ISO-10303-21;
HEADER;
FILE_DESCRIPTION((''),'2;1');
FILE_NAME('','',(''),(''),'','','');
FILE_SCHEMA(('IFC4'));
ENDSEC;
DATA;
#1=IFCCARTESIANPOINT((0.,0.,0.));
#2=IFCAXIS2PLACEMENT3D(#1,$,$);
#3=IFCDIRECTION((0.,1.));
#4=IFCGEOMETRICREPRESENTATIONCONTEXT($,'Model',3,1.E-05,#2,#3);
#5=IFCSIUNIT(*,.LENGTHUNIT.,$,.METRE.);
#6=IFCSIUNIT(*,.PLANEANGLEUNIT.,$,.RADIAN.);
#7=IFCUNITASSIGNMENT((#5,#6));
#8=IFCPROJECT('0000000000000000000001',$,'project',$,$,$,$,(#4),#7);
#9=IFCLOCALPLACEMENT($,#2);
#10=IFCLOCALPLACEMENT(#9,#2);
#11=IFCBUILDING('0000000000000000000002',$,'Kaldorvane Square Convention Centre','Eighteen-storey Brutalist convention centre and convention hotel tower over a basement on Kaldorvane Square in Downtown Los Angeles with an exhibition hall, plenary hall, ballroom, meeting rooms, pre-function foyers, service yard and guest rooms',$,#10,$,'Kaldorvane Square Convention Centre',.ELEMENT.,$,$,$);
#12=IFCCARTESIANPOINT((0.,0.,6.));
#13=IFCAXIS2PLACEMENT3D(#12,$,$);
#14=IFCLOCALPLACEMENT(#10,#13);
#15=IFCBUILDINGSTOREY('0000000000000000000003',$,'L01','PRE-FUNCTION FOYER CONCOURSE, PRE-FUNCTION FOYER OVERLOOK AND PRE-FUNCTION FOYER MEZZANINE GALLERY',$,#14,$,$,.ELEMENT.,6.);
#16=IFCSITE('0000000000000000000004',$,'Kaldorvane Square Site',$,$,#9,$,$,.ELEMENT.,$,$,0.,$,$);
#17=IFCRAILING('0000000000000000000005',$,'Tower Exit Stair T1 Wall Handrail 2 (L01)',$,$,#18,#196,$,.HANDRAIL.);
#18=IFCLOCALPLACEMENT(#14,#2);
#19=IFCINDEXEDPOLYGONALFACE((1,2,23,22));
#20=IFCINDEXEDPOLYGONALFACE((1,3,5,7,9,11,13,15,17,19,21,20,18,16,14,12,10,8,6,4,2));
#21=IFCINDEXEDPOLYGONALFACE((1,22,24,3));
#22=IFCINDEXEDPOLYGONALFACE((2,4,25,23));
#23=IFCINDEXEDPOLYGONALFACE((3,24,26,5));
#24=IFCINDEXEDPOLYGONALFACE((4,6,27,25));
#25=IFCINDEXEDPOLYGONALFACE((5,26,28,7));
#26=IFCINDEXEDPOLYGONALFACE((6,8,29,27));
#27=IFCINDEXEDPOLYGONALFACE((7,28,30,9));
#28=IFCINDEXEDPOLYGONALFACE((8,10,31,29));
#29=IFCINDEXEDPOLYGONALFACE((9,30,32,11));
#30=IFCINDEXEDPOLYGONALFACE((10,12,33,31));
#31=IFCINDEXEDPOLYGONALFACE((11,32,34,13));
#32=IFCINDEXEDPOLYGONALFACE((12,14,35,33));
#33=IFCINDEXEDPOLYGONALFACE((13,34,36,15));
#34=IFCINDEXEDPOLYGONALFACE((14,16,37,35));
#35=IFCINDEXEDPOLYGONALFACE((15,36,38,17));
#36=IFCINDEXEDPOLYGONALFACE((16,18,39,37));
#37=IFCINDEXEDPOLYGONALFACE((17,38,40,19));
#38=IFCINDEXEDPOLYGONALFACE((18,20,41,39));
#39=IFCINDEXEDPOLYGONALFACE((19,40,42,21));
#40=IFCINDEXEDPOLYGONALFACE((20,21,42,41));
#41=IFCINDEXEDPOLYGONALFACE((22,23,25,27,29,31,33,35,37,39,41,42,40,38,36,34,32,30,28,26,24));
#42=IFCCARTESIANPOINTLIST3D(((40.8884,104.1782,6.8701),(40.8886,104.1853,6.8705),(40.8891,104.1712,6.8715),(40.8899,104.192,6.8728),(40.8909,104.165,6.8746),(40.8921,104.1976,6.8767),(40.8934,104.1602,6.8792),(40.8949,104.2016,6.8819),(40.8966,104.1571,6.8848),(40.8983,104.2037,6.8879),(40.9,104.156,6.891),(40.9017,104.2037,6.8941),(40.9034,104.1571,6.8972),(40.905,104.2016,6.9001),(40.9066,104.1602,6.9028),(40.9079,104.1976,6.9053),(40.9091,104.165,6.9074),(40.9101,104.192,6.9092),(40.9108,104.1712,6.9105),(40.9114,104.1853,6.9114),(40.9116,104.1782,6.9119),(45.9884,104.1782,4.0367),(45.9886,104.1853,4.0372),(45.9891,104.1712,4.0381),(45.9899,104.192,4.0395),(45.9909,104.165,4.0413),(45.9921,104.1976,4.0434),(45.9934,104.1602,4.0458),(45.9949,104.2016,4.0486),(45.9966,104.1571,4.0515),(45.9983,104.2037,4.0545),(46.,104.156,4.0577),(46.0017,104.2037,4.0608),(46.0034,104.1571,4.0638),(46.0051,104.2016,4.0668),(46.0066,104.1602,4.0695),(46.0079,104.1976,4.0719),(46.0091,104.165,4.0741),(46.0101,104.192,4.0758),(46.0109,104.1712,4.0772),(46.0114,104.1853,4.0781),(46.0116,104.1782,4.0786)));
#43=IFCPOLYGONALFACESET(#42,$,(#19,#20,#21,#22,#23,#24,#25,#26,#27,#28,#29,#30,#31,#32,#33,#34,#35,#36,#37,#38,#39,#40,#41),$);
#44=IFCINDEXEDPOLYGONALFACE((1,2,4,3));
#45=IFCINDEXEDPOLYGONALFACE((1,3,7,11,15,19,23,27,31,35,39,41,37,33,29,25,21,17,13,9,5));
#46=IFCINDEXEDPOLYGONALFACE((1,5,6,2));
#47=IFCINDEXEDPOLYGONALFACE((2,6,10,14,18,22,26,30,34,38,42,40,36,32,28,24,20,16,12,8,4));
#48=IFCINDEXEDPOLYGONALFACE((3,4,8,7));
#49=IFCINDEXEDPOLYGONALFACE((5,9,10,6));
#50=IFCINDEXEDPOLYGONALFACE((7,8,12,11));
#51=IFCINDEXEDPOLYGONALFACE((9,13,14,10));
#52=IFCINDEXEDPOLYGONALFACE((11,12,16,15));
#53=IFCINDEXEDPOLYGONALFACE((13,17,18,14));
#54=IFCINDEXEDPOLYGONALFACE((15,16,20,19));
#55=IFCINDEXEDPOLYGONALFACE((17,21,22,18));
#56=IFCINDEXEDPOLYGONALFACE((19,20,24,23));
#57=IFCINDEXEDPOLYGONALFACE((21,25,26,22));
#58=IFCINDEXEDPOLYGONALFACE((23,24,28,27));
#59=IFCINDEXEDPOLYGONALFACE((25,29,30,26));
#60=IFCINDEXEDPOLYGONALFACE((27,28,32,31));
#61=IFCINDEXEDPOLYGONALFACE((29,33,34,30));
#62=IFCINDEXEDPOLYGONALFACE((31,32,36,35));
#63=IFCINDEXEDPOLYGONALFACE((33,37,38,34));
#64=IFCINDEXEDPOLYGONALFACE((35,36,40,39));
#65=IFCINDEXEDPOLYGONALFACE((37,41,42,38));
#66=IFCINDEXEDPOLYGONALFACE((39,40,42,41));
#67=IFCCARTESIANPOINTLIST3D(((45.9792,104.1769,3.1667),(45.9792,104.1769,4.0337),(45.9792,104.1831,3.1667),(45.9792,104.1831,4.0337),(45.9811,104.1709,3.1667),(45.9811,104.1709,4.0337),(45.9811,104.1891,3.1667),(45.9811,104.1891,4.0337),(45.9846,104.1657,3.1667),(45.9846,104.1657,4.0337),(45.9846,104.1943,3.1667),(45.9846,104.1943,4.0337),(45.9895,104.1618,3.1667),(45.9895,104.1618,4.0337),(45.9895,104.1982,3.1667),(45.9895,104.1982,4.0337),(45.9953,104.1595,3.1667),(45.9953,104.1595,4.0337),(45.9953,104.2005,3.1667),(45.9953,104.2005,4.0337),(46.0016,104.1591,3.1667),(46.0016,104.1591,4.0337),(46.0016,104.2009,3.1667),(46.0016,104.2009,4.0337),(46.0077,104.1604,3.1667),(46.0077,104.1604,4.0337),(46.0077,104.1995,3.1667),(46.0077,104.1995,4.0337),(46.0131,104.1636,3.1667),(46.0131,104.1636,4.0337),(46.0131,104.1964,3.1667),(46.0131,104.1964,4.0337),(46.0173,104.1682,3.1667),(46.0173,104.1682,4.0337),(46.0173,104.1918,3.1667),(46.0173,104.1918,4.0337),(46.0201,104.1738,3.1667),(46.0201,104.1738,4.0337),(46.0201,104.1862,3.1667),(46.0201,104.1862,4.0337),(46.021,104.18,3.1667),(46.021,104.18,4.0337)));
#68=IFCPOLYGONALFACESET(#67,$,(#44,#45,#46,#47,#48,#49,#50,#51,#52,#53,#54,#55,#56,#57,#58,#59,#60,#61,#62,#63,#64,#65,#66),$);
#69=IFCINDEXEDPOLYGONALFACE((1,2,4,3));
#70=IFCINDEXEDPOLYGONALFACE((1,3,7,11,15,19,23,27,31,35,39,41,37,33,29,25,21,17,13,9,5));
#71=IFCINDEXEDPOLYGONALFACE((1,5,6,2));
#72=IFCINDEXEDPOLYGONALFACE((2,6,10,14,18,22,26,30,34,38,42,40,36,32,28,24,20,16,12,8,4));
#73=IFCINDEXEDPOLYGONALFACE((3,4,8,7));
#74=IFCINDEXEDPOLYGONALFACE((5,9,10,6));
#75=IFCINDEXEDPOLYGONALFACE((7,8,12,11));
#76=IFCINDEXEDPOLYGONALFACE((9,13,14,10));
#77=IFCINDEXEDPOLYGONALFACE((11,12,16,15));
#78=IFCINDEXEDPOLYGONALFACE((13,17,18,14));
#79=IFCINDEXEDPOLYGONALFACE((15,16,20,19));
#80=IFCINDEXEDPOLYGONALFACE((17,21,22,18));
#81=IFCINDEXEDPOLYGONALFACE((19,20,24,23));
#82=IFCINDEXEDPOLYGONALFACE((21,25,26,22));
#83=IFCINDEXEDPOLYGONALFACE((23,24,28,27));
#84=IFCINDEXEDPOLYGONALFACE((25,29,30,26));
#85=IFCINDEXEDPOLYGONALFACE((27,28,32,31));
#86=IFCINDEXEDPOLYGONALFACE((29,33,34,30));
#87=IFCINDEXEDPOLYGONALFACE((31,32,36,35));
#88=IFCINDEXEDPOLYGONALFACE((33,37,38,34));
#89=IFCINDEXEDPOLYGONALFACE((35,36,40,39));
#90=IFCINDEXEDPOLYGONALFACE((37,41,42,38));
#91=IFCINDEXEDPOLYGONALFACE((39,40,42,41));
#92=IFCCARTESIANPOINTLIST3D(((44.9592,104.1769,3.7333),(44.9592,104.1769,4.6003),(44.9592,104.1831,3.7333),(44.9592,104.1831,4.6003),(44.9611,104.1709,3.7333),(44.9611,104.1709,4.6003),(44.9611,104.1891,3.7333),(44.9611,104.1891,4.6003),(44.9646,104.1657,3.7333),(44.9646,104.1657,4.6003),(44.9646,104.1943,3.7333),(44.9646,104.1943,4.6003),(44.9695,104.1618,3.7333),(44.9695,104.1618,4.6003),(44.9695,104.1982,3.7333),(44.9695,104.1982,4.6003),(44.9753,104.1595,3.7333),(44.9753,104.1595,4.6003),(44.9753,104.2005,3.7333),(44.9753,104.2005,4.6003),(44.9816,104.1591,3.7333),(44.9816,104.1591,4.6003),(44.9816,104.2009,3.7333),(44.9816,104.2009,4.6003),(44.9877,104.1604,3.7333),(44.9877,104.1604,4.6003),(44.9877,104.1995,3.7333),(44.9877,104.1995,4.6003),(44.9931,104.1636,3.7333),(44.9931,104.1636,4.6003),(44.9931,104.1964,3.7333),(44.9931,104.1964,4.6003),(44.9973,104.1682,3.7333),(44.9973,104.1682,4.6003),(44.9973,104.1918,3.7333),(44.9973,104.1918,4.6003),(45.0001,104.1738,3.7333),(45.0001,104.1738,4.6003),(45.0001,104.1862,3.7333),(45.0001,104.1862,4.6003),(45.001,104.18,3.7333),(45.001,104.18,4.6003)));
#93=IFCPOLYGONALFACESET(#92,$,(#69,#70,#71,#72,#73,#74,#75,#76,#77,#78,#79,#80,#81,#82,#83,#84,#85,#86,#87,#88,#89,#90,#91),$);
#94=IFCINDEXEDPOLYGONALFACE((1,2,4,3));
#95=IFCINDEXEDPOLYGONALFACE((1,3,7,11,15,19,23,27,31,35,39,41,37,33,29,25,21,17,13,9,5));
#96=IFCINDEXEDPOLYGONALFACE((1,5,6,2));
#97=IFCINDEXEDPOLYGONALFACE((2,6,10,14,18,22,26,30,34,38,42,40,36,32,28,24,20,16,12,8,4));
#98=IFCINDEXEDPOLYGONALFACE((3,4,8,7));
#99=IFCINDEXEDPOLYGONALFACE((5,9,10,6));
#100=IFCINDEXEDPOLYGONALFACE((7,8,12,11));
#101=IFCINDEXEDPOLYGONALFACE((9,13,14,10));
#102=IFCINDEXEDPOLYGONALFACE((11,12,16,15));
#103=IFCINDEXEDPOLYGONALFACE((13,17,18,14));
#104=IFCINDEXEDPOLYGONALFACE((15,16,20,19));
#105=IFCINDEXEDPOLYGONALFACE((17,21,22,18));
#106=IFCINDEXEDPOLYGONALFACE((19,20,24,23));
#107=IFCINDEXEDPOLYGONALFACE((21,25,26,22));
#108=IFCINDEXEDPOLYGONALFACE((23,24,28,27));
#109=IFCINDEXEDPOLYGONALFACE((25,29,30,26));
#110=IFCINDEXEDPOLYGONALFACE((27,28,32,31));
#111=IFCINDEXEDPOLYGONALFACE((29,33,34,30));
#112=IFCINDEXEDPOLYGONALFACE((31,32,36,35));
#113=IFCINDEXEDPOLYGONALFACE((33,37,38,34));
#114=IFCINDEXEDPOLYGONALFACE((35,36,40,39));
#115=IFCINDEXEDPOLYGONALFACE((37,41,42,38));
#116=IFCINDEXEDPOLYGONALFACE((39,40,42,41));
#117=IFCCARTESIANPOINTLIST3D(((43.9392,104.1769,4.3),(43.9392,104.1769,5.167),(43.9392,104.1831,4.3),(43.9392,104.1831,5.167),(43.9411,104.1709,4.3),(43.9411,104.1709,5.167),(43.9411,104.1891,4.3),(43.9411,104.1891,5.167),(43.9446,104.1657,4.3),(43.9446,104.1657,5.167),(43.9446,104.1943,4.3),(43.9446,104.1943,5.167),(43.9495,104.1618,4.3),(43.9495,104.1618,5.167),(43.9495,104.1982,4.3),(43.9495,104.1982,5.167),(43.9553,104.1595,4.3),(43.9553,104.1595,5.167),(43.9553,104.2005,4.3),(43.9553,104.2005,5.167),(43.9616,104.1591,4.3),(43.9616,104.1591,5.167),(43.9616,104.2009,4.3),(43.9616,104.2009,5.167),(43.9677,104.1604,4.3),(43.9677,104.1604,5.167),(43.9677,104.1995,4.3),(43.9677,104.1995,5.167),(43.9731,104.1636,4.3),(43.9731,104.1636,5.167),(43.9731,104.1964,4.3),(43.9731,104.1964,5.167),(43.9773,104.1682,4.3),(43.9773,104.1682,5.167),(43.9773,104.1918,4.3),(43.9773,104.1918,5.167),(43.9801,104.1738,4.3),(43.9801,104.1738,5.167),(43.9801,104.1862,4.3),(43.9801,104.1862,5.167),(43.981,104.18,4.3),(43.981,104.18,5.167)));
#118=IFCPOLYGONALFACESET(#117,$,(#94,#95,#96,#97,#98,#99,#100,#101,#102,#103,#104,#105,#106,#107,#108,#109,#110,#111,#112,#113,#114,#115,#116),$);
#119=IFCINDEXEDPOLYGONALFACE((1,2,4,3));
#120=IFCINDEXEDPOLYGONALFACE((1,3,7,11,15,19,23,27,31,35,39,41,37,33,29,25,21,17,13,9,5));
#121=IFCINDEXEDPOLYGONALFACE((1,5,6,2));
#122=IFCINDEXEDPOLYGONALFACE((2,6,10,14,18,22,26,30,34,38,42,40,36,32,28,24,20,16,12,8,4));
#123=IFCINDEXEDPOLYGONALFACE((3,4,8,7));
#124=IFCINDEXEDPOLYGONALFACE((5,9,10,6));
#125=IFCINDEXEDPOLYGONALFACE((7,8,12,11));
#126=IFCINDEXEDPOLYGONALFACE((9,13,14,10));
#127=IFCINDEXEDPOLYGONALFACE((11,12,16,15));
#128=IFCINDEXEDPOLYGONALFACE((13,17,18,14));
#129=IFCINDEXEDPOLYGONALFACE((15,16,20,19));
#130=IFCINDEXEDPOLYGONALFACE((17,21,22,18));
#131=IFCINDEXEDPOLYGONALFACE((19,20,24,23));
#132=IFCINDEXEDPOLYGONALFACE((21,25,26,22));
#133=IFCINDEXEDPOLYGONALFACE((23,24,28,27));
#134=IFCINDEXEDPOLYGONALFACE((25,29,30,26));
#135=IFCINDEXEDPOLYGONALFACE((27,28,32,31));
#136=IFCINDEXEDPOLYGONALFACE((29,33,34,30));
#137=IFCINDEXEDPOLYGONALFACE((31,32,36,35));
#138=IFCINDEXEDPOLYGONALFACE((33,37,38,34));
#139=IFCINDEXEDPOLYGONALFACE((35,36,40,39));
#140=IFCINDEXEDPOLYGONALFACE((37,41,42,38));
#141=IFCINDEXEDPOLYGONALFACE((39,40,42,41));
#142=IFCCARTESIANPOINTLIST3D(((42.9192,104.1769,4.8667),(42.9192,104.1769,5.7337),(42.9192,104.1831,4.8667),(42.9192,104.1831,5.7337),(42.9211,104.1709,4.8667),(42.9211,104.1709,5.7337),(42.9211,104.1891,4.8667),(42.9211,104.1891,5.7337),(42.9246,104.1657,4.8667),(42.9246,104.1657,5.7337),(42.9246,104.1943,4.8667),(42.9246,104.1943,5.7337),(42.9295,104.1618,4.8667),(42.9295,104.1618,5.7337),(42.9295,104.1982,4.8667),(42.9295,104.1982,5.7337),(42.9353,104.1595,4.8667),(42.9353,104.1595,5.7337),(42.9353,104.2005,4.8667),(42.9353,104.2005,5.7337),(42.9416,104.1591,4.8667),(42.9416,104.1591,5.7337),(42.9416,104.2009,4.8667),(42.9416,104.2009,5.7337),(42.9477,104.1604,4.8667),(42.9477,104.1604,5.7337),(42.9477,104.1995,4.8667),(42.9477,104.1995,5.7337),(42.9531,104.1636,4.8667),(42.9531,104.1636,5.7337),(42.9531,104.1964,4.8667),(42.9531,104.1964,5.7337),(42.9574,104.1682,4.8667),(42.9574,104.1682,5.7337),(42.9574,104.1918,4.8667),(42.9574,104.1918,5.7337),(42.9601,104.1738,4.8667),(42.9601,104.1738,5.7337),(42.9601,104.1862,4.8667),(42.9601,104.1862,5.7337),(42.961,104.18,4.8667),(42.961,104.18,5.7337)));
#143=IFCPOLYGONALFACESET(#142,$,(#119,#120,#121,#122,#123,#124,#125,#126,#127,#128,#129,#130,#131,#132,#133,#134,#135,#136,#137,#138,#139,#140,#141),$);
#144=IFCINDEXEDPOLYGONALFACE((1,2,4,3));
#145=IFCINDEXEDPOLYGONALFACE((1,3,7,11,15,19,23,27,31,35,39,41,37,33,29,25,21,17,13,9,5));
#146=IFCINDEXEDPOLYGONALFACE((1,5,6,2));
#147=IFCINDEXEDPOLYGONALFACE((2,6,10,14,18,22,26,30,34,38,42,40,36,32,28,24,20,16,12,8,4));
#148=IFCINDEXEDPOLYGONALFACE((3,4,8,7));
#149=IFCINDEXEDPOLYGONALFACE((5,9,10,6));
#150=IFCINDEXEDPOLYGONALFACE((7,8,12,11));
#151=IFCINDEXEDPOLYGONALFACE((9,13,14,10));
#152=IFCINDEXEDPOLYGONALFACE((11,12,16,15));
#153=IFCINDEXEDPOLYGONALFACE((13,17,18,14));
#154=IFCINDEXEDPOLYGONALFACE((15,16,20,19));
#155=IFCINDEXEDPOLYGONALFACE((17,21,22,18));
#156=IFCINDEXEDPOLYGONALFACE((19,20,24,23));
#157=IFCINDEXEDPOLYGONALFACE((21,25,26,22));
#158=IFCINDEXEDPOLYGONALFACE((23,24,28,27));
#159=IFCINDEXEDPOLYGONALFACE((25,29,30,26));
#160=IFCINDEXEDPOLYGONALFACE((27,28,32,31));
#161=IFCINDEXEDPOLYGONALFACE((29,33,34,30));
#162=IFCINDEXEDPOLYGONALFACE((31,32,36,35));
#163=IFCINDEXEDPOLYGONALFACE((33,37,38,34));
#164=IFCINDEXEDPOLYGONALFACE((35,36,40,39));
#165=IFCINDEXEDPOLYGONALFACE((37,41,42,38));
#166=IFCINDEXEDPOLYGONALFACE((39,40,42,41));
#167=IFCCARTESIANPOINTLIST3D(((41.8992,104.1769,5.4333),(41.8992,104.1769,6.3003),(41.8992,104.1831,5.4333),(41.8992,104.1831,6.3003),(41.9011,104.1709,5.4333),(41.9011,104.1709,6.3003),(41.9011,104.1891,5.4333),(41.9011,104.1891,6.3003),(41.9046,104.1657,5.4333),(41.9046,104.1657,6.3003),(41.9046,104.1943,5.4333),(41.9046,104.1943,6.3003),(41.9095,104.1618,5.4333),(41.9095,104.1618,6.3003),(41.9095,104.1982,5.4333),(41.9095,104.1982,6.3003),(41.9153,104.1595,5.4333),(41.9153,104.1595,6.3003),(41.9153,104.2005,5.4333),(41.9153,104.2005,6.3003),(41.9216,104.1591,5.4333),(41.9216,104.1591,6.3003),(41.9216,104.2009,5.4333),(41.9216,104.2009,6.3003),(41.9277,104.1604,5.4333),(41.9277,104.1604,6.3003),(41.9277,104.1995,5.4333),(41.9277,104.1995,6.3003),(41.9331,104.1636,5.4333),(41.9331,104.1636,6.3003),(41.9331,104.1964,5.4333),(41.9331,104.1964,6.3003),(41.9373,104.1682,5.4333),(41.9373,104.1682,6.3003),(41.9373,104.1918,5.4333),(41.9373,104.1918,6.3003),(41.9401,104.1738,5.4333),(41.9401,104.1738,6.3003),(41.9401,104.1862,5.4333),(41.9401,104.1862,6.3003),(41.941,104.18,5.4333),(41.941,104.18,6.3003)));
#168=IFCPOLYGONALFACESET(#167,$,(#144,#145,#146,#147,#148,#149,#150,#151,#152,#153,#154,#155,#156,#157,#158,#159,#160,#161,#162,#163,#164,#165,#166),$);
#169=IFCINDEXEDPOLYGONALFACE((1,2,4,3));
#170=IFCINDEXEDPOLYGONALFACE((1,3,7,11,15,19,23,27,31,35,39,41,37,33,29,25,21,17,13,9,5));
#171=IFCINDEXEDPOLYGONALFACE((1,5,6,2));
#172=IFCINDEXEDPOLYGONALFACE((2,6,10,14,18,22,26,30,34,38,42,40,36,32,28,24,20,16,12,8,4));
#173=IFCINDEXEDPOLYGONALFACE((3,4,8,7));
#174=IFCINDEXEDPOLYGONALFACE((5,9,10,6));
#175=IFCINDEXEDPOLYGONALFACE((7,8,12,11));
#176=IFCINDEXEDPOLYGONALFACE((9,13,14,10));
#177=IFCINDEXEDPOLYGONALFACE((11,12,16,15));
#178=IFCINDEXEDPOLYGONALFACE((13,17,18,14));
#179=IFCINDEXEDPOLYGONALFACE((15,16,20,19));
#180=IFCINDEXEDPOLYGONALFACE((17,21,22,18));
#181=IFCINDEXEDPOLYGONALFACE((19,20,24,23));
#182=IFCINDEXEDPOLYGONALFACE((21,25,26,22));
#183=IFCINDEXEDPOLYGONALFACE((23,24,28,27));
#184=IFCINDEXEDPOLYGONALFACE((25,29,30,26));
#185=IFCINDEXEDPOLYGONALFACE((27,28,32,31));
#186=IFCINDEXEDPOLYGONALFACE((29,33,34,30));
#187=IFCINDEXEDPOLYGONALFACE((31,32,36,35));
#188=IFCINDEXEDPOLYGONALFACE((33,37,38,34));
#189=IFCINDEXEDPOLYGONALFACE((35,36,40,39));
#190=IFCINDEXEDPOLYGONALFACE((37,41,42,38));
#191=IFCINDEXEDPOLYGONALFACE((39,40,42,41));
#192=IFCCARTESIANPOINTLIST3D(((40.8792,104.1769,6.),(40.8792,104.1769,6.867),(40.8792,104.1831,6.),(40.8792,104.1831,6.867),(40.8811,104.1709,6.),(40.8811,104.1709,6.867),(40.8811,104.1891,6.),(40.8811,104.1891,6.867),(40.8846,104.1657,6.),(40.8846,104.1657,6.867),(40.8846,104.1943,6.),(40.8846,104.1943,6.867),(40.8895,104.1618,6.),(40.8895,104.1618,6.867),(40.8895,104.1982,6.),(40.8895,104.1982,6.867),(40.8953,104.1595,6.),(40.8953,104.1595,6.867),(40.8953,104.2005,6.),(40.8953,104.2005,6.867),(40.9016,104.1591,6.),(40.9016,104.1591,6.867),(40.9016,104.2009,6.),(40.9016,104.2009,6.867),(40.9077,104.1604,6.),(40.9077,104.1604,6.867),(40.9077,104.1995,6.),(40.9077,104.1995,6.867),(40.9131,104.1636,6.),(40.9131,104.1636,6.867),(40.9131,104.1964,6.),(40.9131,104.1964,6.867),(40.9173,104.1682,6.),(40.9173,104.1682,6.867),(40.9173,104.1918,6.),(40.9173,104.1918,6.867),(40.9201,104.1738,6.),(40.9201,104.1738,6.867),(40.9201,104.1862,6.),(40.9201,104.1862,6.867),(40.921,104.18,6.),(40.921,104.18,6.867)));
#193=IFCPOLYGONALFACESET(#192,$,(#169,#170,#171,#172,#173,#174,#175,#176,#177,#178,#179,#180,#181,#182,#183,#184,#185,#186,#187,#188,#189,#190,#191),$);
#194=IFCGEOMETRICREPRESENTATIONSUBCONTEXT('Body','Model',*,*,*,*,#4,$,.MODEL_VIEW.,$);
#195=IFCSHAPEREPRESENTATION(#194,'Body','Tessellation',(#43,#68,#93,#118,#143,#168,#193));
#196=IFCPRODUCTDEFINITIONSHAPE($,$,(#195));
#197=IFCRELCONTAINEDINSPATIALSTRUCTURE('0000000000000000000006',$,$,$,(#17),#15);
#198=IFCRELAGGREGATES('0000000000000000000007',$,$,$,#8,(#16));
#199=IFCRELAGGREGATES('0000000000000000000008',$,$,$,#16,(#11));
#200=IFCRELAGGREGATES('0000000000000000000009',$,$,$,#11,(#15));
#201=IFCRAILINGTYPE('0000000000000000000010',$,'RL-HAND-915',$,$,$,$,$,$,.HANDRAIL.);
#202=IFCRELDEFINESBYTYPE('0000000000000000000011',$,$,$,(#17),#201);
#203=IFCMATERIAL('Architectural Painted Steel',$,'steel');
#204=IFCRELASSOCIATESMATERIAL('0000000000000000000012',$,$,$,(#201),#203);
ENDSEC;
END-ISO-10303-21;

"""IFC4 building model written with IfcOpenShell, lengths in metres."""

from ifc_helpers import new_model, si_unit, direction, frame, origin, origin_2d, place, context, subcontext, project, spatial, circle, extrude, material, type_object, element, save


model = new_model("IFC4")

# Units and contexts
model_context = context("Model", 3, precision=1e-05, world=origin(), true_north=direction((0.0, 1.0)))
body_context = subcontext(model_context, "Body", "Model", "MODEL_VIEW")
ifc_project = project(units=[si_unit("LENGTHUNIT", "METRE"), si_unit("PLANEANGLEUNIT", "RADIAN")], contexts=[model_context])

# Site, building, storey
site_placement = place(None, origin())
site = spatial("IfcSite", under=ifc_project, at=site_placement, Name="Kaldorvane Square Site", CompositionType="ELEMENT", RefElevation=0.0)
building_placement = place(site_placement, origin())
building = spatial("IfcBuilding", under=site, at=building_placement, Name="Kaldorvane Square Convention Centre", Description="Eighteen-storey Brutalist convention centre and convention hotel tower over a basement on Kaldorvane Square in Downtown Los Angeles with an exhibition hall, plenary hall, ballroom, meeting rooms, pre-function foyers, service yard and guest rooms", LongName="Kaldorvane Square Convention Centre", CompositionType="ELEMENT")
storey_placement = place(building_placement, frame((0.0, 0.0, 6.0)))
storey = spatial("IfcBuildingStorey", under=building, at=storey_placement, Name="L01", Description="PRE-FUNCTION FOYER CONCOURSE, PRE-FUNCTION FOYER OVERLOOK AND PRE-FUNCTION FOYER MEZZANINE GALLERY", CompositionType="ELEMENT", Elevation=6.0)

# Railing
ifc_material_1 = material(Name="Architectural Painted Steel", Category="steel")
railing_type_1 = type_object("IfcRailingType", Name="RL-HAND-915", PredefinedType="HANDRAIL", material=ifc_material_1)
railing_1_placement = place(storey_placement, frame((46.0, 104.18, 3.1667)))
element("IfcRailing", 1, at=railing_1_placement, inside=storey, type_object=railing_type_1, Name="Tower Exit Stair T1 Wall Handrail 2 (L01)", PredefinedType="HANDRAIL", context=body_context, shape_type="SweptSolid", body=[
    extrude(circle(Radius=0.024, at=origin_2d()), frame((0.0, 0.0, 0.891), z_axis=(-0.874158, 0.0, 0.485642), x_axis=(0.0, -1.0, 0.0)), (0.0, 0.0, 1.0), 5.8342),
    extrude(circle(Radius=0.021, at=origin_2d()), origin(), (0.0, 0.0, 1.0), 0.867),
    extrude(circle(Radius=0.021, at=origin_2d()), frame((-1.02, 0.0, 0.5667)), (0.0, 0.0, 1.0), 0.867),
    extrude(circle(Radius=0.021, at=origin_2d()), frame((-2.04, 0.0, 1.1333)), (0.0, 0.0, 1.0), 0.867),
    extrude(circle(Radius=0.021, at=origin_2d()), frame((-3.06, 0.0, 1.7)), (0.0, 0.0, 1.0), 0.867),
    extrude(circle(Radius=0.021, at=origin_2d()), frame((-4.08, 0.0, 2.2667)), (0.0, 0.0, 1.0), 0.867),
    extrude(circle(Radius=0.021, at=origin_2d()), frame((-5.1, 0.0, 2.8333)), (0.0, 0.0, 1.0), 0.867),
])

save(model, "model.ifc")
